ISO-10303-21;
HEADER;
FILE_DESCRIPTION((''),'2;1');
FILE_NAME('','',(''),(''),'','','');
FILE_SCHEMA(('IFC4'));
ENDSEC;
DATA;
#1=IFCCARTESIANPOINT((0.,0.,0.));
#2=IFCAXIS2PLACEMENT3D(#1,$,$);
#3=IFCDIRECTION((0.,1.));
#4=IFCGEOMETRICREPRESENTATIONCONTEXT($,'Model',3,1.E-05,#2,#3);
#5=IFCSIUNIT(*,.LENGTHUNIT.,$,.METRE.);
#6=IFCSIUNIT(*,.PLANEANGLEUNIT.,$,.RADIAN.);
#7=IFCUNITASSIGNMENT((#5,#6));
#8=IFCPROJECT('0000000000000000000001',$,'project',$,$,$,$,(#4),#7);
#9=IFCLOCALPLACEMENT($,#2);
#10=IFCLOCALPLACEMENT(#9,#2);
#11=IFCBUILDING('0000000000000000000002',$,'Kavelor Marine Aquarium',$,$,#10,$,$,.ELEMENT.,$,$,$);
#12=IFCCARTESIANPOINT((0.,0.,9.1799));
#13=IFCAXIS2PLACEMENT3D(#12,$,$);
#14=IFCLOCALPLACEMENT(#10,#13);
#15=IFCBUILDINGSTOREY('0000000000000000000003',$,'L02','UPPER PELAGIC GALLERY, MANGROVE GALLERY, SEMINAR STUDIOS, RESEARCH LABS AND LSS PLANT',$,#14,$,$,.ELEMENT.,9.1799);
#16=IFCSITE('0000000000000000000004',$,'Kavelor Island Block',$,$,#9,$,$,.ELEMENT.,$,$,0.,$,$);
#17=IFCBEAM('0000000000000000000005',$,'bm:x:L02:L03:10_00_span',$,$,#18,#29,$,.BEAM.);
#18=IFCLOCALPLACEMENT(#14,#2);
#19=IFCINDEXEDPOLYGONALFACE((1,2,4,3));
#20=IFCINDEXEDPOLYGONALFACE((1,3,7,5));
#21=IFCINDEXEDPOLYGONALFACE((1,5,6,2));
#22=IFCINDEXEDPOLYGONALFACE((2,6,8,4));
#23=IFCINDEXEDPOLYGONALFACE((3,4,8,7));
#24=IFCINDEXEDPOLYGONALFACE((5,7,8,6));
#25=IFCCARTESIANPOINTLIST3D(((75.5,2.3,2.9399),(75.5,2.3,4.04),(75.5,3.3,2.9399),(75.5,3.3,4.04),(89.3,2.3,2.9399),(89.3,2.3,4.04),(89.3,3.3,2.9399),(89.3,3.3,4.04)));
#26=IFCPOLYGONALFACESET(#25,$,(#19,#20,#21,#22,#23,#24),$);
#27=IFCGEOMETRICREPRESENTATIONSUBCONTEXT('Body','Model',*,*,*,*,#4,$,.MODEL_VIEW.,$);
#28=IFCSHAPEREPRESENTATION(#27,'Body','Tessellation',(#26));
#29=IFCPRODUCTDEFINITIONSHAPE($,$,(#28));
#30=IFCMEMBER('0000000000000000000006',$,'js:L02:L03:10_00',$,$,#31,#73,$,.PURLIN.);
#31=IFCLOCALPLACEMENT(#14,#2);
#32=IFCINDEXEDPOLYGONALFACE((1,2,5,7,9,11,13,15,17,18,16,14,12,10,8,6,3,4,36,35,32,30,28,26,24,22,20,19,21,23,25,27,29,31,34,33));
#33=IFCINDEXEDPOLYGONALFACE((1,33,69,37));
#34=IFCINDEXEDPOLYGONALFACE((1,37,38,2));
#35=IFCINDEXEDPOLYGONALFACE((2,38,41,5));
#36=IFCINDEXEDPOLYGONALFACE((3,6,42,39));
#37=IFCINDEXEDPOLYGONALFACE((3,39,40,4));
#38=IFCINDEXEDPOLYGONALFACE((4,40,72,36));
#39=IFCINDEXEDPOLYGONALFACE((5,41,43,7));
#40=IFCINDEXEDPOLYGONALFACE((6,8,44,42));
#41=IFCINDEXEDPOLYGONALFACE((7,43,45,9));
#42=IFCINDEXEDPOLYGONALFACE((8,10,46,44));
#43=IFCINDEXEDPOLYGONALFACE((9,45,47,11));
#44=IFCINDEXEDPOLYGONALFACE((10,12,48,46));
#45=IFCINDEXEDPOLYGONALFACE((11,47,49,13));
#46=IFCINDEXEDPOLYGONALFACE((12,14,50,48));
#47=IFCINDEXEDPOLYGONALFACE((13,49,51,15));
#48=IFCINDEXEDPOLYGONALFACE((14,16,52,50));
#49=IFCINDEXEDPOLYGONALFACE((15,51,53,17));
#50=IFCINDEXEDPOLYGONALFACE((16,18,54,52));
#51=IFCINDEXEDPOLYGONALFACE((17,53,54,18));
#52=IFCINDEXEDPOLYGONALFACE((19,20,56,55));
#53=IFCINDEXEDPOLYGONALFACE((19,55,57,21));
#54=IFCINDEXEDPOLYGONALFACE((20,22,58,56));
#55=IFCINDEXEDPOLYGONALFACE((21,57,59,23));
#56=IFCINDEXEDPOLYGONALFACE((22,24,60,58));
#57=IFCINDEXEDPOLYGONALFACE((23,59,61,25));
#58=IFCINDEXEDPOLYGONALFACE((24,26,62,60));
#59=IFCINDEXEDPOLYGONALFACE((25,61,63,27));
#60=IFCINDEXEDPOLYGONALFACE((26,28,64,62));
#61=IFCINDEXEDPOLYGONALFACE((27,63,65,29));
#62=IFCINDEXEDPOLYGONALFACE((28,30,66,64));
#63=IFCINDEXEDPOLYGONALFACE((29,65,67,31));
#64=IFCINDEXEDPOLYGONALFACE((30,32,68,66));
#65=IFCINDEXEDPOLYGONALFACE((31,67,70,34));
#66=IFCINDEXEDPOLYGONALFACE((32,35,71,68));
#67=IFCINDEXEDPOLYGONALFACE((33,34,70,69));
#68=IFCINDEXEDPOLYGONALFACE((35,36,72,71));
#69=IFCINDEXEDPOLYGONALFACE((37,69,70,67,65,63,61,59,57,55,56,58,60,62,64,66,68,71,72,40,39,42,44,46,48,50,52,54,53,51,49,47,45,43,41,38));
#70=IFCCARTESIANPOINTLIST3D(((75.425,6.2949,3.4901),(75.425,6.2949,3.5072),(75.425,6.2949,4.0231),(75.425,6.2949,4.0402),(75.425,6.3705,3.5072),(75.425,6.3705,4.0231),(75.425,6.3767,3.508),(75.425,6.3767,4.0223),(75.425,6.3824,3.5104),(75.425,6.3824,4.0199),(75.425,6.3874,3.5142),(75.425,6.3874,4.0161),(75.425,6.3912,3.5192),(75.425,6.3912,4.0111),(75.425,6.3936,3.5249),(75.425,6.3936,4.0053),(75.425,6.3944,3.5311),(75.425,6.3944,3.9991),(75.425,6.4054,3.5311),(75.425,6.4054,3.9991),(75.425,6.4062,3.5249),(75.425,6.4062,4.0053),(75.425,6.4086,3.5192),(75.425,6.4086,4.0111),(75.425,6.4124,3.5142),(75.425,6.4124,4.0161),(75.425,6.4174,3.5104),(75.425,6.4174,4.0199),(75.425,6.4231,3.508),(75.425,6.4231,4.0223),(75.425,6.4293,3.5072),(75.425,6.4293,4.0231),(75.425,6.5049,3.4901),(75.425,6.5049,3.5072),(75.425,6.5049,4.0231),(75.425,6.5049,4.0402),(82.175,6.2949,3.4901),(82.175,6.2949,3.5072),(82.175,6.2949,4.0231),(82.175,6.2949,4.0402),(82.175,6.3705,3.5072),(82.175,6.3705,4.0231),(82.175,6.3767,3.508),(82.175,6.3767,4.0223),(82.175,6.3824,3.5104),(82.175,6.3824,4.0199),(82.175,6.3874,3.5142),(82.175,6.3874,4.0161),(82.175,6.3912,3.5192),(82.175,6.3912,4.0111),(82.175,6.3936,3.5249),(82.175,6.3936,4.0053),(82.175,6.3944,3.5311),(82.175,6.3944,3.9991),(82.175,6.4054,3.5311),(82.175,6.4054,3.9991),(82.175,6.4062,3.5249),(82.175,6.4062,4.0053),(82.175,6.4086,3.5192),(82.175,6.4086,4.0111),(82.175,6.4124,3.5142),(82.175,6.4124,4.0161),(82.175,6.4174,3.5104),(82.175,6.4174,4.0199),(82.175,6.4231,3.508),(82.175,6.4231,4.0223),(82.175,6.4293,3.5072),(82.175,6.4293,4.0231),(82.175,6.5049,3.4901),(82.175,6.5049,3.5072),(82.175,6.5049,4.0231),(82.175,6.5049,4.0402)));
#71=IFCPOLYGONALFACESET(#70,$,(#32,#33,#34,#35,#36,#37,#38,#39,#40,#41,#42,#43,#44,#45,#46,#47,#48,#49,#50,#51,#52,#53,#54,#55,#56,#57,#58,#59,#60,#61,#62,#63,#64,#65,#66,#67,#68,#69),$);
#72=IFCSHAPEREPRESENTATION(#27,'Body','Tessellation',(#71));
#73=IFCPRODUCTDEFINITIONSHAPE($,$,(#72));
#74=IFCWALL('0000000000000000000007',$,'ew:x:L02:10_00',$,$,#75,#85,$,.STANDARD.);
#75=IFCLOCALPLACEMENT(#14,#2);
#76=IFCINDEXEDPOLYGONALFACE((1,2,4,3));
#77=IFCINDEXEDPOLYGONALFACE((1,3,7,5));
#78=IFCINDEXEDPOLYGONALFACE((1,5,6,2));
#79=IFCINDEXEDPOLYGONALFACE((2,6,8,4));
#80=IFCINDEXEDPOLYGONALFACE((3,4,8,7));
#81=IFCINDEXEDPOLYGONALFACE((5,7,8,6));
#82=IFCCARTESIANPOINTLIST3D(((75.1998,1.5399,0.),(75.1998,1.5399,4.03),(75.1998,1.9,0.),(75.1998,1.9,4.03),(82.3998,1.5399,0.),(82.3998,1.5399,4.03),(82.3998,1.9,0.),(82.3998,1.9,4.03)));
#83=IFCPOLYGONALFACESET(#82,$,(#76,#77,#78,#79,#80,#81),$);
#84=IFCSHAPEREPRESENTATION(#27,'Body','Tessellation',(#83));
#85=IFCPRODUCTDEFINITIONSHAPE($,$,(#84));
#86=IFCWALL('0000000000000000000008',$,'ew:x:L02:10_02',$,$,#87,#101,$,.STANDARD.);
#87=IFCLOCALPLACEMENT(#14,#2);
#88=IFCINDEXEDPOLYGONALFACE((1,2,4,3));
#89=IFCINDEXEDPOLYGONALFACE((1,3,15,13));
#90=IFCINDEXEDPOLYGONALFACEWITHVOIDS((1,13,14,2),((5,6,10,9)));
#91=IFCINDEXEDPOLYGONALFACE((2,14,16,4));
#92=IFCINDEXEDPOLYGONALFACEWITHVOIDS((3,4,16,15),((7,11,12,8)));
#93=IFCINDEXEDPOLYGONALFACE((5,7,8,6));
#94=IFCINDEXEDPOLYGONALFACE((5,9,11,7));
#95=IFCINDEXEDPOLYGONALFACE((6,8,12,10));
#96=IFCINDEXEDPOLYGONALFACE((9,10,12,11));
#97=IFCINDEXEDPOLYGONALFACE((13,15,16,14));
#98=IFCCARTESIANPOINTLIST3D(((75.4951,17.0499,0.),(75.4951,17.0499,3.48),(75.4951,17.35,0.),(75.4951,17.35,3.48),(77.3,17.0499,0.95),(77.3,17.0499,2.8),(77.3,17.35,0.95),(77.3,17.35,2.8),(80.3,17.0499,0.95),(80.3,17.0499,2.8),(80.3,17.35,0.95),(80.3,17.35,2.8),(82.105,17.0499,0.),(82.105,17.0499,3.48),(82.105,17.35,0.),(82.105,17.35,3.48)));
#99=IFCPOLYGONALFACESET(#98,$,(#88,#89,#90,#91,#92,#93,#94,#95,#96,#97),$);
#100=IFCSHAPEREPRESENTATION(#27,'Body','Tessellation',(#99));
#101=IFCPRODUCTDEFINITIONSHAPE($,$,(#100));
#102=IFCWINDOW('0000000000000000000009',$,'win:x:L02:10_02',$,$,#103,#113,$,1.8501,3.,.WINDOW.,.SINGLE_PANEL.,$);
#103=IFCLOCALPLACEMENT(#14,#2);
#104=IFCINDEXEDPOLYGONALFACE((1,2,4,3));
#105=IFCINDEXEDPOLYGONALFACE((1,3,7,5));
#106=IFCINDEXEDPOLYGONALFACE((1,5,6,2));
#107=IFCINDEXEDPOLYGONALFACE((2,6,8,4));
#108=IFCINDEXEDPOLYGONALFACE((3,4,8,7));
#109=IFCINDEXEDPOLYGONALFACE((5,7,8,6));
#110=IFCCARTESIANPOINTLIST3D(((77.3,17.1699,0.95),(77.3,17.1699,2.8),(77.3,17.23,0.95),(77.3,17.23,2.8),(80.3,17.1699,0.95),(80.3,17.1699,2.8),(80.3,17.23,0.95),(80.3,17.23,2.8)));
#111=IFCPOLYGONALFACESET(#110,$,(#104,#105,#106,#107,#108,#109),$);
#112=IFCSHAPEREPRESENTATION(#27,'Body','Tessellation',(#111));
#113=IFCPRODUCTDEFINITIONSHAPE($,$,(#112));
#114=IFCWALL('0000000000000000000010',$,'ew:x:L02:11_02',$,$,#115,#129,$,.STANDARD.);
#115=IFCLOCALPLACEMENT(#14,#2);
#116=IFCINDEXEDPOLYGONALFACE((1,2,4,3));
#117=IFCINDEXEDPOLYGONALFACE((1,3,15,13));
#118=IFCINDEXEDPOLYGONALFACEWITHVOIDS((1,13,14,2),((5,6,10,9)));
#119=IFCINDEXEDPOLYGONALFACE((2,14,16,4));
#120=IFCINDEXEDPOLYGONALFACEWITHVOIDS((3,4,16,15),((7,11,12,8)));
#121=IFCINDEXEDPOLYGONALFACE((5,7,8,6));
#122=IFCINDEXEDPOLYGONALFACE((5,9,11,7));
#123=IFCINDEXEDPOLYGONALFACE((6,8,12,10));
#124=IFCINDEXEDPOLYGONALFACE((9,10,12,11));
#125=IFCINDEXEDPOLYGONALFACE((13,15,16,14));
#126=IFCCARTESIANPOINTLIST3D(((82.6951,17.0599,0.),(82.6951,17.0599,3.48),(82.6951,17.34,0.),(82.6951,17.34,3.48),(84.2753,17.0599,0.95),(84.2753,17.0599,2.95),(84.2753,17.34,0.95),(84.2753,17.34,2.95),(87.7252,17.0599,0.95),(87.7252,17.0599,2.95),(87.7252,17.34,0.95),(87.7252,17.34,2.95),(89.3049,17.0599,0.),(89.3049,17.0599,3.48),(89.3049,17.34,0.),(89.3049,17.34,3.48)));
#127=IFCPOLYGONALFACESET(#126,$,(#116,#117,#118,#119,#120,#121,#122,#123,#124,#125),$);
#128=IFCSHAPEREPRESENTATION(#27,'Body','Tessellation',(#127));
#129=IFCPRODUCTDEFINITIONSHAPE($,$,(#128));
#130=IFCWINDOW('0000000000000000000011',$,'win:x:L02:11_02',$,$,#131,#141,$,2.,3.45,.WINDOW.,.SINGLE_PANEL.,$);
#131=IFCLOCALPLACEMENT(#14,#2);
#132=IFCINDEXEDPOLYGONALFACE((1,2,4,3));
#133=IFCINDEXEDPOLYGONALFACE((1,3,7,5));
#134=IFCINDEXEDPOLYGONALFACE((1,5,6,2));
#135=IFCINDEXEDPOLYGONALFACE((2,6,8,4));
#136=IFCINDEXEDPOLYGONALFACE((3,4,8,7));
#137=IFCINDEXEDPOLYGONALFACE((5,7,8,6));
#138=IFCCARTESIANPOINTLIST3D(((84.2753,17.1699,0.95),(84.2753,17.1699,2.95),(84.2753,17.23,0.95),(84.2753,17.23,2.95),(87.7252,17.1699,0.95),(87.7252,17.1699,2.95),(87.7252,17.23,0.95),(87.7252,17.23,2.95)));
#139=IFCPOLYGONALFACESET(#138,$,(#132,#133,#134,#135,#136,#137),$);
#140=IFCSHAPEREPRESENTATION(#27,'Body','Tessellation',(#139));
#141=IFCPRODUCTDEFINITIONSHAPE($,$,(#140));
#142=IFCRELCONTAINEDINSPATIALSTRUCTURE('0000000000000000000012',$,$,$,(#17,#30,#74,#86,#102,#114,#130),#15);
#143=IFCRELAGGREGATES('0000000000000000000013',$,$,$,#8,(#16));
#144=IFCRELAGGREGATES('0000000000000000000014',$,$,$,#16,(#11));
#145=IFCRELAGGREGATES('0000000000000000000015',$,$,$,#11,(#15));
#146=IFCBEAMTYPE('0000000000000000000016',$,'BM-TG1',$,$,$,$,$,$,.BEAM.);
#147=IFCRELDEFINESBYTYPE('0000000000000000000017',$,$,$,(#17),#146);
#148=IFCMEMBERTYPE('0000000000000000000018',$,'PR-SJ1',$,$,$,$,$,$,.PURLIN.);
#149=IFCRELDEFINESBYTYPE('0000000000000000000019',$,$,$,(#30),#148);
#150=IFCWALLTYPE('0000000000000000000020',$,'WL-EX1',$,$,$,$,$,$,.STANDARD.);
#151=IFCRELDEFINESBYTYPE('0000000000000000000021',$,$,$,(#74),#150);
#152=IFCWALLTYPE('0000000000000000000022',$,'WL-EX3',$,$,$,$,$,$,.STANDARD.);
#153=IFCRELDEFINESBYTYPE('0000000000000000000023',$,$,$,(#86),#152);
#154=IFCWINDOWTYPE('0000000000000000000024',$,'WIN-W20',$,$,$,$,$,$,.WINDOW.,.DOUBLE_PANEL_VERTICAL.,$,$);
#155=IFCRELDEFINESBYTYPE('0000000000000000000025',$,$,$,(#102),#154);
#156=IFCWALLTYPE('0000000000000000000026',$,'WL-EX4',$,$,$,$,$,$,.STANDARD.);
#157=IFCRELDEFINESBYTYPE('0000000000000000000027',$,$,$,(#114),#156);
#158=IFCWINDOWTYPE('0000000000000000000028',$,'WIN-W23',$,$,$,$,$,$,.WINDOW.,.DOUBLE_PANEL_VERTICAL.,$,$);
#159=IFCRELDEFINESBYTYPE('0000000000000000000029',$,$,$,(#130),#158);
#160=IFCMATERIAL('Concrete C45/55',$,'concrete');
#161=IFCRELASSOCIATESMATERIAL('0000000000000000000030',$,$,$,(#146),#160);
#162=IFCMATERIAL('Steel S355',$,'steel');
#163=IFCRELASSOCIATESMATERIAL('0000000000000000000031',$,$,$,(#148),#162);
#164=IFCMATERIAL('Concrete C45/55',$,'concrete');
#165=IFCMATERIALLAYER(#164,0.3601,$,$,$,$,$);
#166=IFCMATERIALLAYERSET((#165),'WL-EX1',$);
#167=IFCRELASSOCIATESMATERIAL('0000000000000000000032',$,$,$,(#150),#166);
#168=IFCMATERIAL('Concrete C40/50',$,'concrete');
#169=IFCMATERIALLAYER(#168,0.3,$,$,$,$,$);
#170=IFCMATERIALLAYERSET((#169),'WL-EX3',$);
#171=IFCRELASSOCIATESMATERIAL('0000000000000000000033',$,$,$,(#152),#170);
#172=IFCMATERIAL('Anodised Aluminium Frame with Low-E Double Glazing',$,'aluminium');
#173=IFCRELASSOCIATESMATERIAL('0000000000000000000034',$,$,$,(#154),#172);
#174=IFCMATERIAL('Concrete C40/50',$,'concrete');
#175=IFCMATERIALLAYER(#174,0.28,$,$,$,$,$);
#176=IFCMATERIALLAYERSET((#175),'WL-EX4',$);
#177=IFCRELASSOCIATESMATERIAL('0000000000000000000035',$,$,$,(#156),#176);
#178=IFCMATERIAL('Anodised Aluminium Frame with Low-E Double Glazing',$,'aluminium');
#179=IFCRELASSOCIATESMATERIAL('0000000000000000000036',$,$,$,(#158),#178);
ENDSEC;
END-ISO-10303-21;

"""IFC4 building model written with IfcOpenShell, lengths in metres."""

from ifc_helpers import new_model, si_unit, direction, frame, frame_2d, origin, origin_2d, place, context, subcontext, project, spatial, rectangle, i_section, extrude, material, layer, layer_set, material_profile, profile_set, type_object, element, fill, save


model = new_model("IFC4")

# Units and contexts
model_context = context("Model", 3, precision=1e-05, world=origin(), true_north=direction((0.0, 1.0)))
body_context = subcontext(model_context, "Body", "Model", "MODEL_VIEW")
ifc_project = project(units=[si_unit("LENGTHUNIT", "METRE"), si_unit("PLANEANGLEUNIT", "RADIAN")], contexts=[model_context])

# Site, building, storey
site_placement = place(None, origin())
site = spatial("IfcSite", under=ifc_project, at=site_placement, Name="Kavelor Island Block", CompositionType="ELEMENT", RefElevation=0.0)
building_placement = place(site_placement, origin())
building = spatial("IfcBuilding", under=site, at=building_placement, Name="Kavelor Marine Aquarium", CompositionType="ELEMENT")
storey_placement = place(building_placement, frame((0.0, 0.0, 9.1799)))
storey = spatial("IfcBuildingStorey", under=building, at=storey_placement, Name="L02", Description="UPPER PELAGIC GALLERY, MANGROVE GALLERY, SEMINAR STUDIOS, RESEARCH LABS AND LSS PLANT", CompositionType="ELEMENT", Elevation=9.1799)

# Beam
ifc_material_1 = material(Name="Concrete C45/55", Category="concrete")
ifc_material_profile_1 = material_profile(ifc_material_1, rectangle(XDim=1.0, YDim=1.1001, at=origin_2d()), Name="RC-TG 1000x1100")
ifc_profile_set_1 = profile_set([ifc_material_profile_1], Name="Concrete C45/55")
beam_type_1 = type_object("IfcBeamType", Name="BM-TG1", PredefinedType="BEAM", material=ifc_profile_set_1)
beam_1_placement = place(storey_placement, frame((75.5, 2.8, 3.49), z_axis=(1.0, 0.0, 0.0), x_axis=(0.0, 1.0, 0.0)))
element("IfcBeam", 1, at=beam_1_placement, inside=storey, type_object=beam_type_1, Name="bm:x:L02:L03:10_00_span", PredefinedType="BEAM", context=body_context, shape_type="SweptSolid", body=[
    extrude(rectangle(XDim=1.0, YDim=1.1001, at=origin_2d()), origin(), (0.0, 0.0, 1.0), 13.8),
])

# Member
ifc_material_2 = material(Name="Steel S355", Category="steel")
ifc_material_profile_2 = material_profile(ifc_material_2, i_section(OverallWidth=0.21, OverallDepth=0.55, WebThickness=0.011, FlangeThickness=0.0171, FilletRadius=0.0239, at=origin_2d()), Name="IPE 550")
ifc_profile_set_2 = profile_set([ifc_material_profile_2], Name="Steel S355")
member_type = type_object("IfcMemberType", Name="PR-SJ1", PredefinedType="PURLIN", material=ifc_profile_set_2)
member_placement = place(storey_placement, frame((75.425, 6.3999, 3.7651), z_axis=(1.0, 0.0, 0.0), x_axis=(0.0, 1.0, 0.0)))
element("IfcMember", 2, at=member_placement, inside=storey, type_object=member_type, Name="js:L02:L03:10_00", PredefinedType="PURLIN", context=body_context, shape_type="SweptSolid", body=[
    extrude(i_section(OverallWidth=0.21, OverallDepth=0.55, WebThickness=0.011, FlangeThickness=0.0171, FilletRadius=0.0239, at=origin_2d()), origin(), (0.0, 0.0, 1.0), 6.75),
])

# Wall
ifc_material_3 = material(Name="Concrete C45/55", Category="concrete")
ifc_layer_1 = layer(ifc_material_3, 0.3601)
ifc_layer_set_1 = layer_set([ifc_layer_1], Name="WL-EX1")
wall_type_1 = type_object("IfcWallType", Name="WL-EX1", PredefinedType="STANDARD", material=ifc_layer_set_1)
wall_1_placement = place(storey_placement, frame((82.3999, 1.72, 0.0), z_axis=(0.0, 0.0, 1.0), x_axis=(-1.0, 0.0, 0.0)))
element("IfcWall", 3, at=wall_1_placement, inside=storey, type_object=wall_type_1, Name="ew:x:L02:10_00", PredefinedType="STANDARD", context=body_context, shape_type="SweptSolid", body=[
    extrude(rectangle(XDim=7.2, YDim=0.3601, at=frame_2d((3.6001, 0.0))), origin(), (0.0, 0.0, 1.0), 4.03),
])

# Walls, openings, windows
ifc_material_4 = material(Name="Concrete C40/50", Category="concrete")
ifc_layer_2 = layer(ifc_material_4, 0.3)
ifc_layer_set_2 = layer_set([ifc_layer_2], Name="WL-EX3")
wall_type_2 = type_object("IfcWallType", Name="WL-EX3", PredefinedType="STANDARD", material=ifc_layer_set_2)
wall_2_placement = place(storey_placement, frame((75.4951, 17.2, 0.0), z_axis=(0.0, 0.0, 1.0), x_axis=(1.0, 0.0, 0.0)))
wall_2 = element("IfcWall", 4, at=wall_2_placement, inside=storey, type_object=wall_type_2, Name="ew:x:L02:10_02", PredefinedType="STANDARD", context=body_context, shape_type="SweptSolid", body=[
    extrude(rectangle(XDim=6.6099, YDim=0.3, at=frame_2d((3.3049, 0.0))), origin(), (0.0, 0.0, 1.0), 3.48),
])
opening_1_placement = place(wall_2_placement, frame((1.8049, 0.0, 0.95)))
opening_1 = element("IfcOpeningElement", 5, at=opening_1_placement, cuts=wall_2, PredefinedType="OPENING", context=body_context, shape_type="SweptSolid", body=[
    extrude(rectangle(XDim=3.0, YDim=1.8501, at=frame_2d((1.5, 0.925))), frame((0.0, 0.1599, 0.0), z_axis=(0.0, -1.0, 0.0), x_axis=(1.0, 0.0, 0.0)), (0.0, 0.0, 1.0), 0.32),
])
ifc_material_5 = material(Name="Anodised Aluminium Frame with Low-E Double Glazing", Category="aluminium")
window_type_1 = type_object("IfcWindowType", Name="WIN-W20", PartitioningType="DOUBLE_PANEL_VERTICAL", PredefinedType="WINDOW", material=ifc_material_5)
window_1_placement = place(opening_1_placement, origin())
window_1 = element("IfcWindow", 6, at=window_1_placement, inside=storey, type_object=window_type_1, Name="win:x:L02:10_02", OverallHeight=1.8501, OverallWidth=3.0, PartitioningType="SINGLE_PANEL", PredefinedType="WINDOW", context=body_context, shape_type="SweptSolid", body=[
    extrude(rectangle(XDim=3.0, YDim=1.8501, at=frame_2d((1.5, 0.925))), frame((0.0, 0.03, 0.0), z_axis=(0.0, -1.0, 0.0), x_axis=(1.0, 0.0, 0.0)), (0.0, 0.0, 1.0), 0.0601),
])
fill(opening_1, window_1)
ifc_material_6 = material(Name="Concrete C40/50", Category="concrete")
ifc_layer_3 = layer(ifc_material_6, 0.28)
ifc_layer_set_3 = layer_set([ifc_layer_3], Name="WL-EX4")
wall_type_3 = type_object("IfcWallType", Name="WL-EX4", PredefinedType="STANDARD", material=ifc_layer_set_3)
wall_3_placement = place(storey_placement, frame((82.6951, 17.2, 0.0), z_axis=(0.0, 0.0, 1.0), x_axis=(1.0, 0.0, 0.0)))
wall_3 = element("IfcWall", 7, at=wall_3_placement, inside=storey, type_object=wall_type_3, Name="ew:x:L02:11_02", PredefinedType="STANDARD", context=body_context, shape_type="SweptSolid", body=[
    extrude(rectangle(XDim=6.6099, YDim=0.28, at=frame_2d((3.3049, 0.0))), origin(), (0.0, 0.0, 1.0), 3.48),
])
opening_2_placement = place(wall_3_placement, frame((1.5801, 0.0, 0.95)))
opening_2 = element("IfcOpeningElement", 8, at=opening_2_placement, cuts=wall_3, PredefinedType="OPENING", context=body_context, shape_type="SweptSolid", body=[
    extrude(rectangle(XDim=3.45, YDim=2.0, at=frame_2d((1.7251, 1.0))), frame((0.0, 0.1499, 0.0), z_axis=(0.0, -1.0, 0.0), x_axis=(1.0, 0.0, 0.0)), (0.0, 0.0, 1.0), 0.3),
])
ifc_material_7 = material(Name="Anodised Aluminium Frame with Low-E Double Glazing", Category="aluminium")
window_type_2 = type_object("IfcWindowType", Name="WIN-W23", PartitioningType="DOUBLE_PANEL_VERTICAL", PredefinedType="WINDOW", material=ifc_material_7)
window_2_placement = place(opening_2_placement, origin())
window_2 = element("IfcWindow", 9, at=window_2_placement, inside=storey, type_object=window_type_2, Name="win:x:L02:11_02", OverallHeight=2.0, OverallWidth=3.45, PartitioningType="SINGLE_PANEL", PredefinedType="WINDOW", context=body_context, shape_type="SweptSolid", body=[
    extrude(rectangle(XDim=3.45, YDim=2.0, at=frame_2d((1.7251, 1.0))), frame((0.0, 0.03, 0.0), z_axis=(0.0, -1.0, 0.0), x_axis=(1.0, 0.0, 0.0)), (0.0, 0.0, 1.0), 0.0601),
])
fill(opening_2, window_2)

save(model, "model.ifc")
